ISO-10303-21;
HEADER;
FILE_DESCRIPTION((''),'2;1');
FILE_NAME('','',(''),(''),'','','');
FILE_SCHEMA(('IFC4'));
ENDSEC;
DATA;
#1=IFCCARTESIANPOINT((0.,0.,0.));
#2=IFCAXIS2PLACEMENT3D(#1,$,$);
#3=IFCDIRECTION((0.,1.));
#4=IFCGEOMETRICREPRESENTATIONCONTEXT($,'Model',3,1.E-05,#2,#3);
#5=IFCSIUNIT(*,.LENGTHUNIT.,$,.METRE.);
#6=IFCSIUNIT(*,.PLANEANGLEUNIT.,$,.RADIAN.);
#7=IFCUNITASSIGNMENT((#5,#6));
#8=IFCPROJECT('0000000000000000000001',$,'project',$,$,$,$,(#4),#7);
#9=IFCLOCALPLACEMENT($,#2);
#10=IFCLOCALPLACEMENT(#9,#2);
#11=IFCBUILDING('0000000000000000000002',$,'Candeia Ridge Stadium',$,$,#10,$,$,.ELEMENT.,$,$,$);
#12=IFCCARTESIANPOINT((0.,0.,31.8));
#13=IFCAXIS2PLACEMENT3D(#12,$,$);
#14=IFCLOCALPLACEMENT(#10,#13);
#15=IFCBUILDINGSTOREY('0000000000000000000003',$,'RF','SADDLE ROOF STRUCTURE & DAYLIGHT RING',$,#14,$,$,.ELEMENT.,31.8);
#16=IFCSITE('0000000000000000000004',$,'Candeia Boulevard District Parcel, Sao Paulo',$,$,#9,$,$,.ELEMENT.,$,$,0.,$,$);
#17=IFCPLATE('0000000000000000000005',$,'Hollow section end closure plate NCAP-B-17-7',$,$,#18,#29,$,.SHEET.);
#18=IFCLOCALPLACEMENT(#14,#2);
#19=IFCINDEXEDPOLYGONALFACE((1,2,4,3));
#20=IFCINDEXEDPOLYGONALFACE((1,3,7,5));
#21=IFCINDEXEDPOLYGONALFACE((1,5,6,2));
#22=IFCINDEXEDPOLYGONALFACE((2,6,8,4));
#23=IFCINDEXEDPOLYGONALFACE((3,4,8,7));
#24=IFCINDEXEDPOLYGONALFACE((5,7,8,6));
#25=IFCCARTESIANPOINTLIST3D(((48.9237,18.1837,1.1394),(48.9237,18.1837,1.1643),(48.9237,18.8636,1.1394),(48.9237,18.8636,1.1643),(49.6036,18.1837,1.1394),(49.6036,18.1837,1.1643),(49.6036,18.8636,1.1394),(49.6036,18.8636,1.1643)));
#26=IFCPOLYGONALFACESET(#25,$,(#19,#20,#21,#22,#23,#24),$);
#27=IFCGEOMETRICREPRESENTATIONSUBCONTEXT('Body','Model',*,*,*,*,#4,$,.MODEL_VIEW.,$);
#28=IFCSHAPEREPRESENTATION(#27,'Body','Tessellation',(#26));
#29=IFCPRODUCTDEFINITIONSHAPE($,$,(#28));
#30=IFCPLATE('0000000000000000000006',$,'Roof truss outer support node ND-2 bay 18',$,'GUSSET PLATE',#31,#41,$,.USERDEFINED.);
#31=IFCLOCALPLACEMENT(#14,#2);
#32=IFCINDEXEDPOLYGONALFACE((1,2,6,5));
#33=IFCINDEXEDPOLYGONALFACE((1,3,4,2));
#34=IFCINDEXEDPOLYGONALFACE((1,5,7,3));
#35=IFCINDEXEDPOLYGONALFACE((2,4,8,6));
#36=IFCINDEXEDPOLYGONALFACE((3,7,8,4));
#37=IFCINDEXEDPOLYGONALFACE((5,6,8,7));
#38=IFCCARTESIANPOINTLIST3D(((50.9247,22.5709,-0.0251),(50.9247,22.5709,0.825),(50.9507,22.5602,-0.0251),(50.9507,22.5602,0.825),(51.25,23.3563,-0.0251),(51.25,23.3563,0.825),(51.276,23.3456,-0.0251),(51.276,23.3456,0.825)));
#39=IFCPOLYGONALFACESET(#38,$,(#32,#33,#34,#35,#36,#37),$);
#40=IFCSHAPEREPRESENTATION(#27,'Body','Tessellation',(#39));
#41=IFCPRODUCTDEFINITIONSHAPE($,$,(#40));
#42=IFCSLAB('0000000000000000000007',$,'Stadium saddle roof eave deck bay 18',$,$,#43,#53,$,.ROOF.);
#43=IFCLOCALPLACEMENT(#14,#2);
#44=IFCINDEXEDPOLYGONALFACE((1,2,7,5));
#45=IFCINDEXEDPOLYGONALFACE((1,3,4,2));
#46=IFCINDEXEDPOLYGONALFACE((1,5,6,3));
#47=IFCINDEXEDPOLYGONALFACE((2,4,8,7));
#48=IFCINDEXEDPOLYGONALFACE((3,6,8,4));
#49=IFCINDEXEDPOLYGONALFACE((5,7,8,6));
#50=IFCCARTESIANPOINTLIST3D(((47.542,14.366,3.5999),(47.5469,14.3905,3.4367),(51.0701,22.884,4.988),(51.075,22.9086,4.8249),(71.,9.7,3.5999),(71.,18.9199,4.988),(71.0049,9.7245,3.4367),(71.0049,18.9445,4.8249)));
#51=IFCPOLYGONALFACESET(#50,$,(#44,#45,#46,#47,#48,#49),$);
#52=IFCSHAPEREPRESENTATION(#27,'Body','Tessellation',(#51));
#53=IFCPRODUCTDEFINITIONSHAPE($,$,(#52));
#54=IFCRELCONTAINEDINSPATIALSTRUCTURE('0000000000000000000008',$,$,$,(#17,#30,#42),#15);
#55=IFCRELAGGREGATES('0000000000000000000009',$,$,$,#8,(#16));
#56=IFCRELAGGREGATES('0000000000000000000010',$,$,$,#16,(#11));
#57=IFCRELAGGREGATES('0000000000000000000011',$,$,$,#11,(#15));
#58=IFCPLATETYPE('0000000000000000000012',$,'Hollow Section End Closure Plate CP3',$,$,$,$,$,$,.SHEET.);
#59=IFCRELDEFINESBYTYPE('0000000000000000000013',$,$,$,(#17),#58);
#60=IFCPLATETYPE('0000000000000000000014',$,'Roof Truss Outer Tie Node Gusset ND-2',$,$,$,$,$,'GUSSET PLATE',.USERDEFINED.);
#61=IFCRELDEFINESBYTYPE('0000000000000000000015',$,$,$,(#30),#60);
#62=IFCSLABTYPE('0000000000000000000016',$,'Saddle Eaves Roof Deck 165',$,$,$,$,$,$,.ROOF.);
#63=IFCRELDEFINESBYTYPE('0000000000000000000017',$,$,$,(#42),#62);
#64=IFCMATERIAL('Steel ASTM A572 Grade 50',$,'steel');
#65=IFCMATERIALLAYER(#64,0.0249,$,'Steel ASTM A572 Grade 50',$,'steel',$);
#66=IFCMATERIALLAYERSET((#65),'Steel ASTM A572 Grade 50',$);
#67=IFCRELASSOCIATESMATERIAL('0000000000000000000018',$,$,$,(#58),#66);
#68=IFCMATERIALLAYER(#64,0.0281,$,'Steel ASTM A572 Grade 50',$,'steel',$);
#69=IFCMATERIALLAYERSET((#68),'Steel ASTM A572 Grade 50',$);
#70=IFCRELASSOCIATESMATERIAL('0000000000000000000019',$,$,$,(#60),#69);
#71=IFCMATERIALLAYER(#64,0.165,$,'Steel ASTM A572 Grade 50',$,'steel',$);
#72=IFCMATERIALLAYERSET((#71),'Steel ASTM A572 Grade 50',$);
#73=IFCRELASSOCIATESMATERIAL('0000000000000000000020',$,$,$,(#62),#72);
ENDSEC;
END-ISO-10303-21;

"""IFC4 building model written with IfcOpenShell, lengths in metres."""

from ifc_helpers import new_model, si_unit, direction, frame, origin, origin_2d, place, context, subcontext, project, spatial, polyline, rectangle, outline, extrude, material, layer, layer_set, type_object, element, save


model = new_model("IFC4")

# Units and contexts
model_context = context("Model", 3, precision=1e-05, world=origin(), true_north=direction((0.0, 1.0)))
body_context = subcontext(model_context, "Body", "Model", "MODEL_VIEW")
ifc_project = project(units=[si_unit("LENGTHUNIT", "METRE"), si_unit("PLANEANGLEUNIT", "RADIAN")], contexts=[model_context])

# Site, building, storey
site_placement = place(None, origin())
site = spatial("IfcSite", under=ifc_project, at=site_placement, Name="Candeia Boulevard District Parcel, Sao Paulo", CompositionType="ELEMENT", RefElevation=0.0)
building_placement = place(site_placement, origin())
building = spatial("IfcBuilding", under=site, at=building_placement, Name="Candeia Ridge Stadium", CompositionType="ELEMENT")
storey_placement = place(building_placement, frame((0.0, 0.0, 31.8)))
storey = spatial("IfcBuildingStorey", under=building, at=storey_placement, Name="RF", Description="SADDLE ROOF STRUCTURE & DAYLIGHT RING", CompositionType="ELEMENT", Elevation=31.8)

# Shared definitions
ifc_material_1 = material(Name="Steel ASTM A572 Grade 50", Category="steel")

# Plates
ifc_layer_1 = layer(ifc_material_1, 0.0249, Name="Steel ASTM A572 Grade 50", Category="steel")
ifc_layer_set_1 = layer_set([ifc_layer_1], Name="Steel ASTM A572 Grade 50")
plate_type_1 = type_object("IfcPlateType", Name="Hollow Section End Closure Plate CP3", PredefinedType="SHEET", material=ifc_layer_set_1)
for number, where, z_axis, x_axis, name in (
    (1, (49.2637, 18.5237, 1.1394), (0.0, 0.0, 1.0), (1.0, 0.0, 0.0), "Hollow section end closure plate NCAP-B-17-7"),
):
    element("IfcPlate", number, at=place(storey_placement, frame(where, z_axis=z_axis, x_axis=x_axis)), inside=storey, type_object=plate_type_1, Name=name, PredefinedType="SHEET", context=body_context, shape_type="SweptSolid", body=[
        extrude(rectangle(XDim=0.6799, YDim=0.6799, at=origin_2d()), origin(), (0.0, 0.0, 1.0), 0.0249),
    ])
ifc_layer_2 = layer(ifc_material_1, 0.0281, Name="Steel ASTM A572 Grade 50", Category="steel")
ifc_layer_set_2 = layer_set([ifc_layer_2], Name="Steel ASTM A572 Grade 50")
plate_type_2 = type_object("IfcPlateType", Name="Roof Truss Outer Tie Node Gusset ND-2", ElementType="GUSSET PLATE", PredefinedType="USERDEFINED", material=ifc_layer_set_2)
plate_1_placement = place(storey_placement, frame((51.1003, 22.9583, -0.0251), z_axis=(0.0, 0.0, 1.0), x_axis=(-0.382683, -0.92388, 0.0)))
element("IfcPlate", 2, at=plate_1_placement, inside=storey, type_object=plate_type_2, Name="Roof truss outer support node ND-2 bay 18", ObjectType="GUSSET PLATE", PredefinedType="USERDEFINED", context=body_context, shape_type="SweptSolid", body=[
    extrude(rectangle(XDim=0.8501, YDim=0.0281, at=origin_2d()), origin(), (0.0, 0.0, 1.0), 0.8501),
])

# Slab
ifc_layer_3 = layer(ifc_material_1, 0.165, Name="Steel ASTM A572 Grade 50", Category="steel")
ifc_layer_set_3 = layer_set([ifc_layer_3], Name="Steel ASTM A572 Grade 50")
slab_type = type_object("IfcSlabType", Name="Saddle Eaves Roof Deck 165", PredefinedType="ROOF", material=ifc_layer_set_3)
slab_placement = place(storey_placement, frame((51.0701, 22.884, 4.988), z_axis=(-0.029601, -0.148821, 0.988421), x_axis=(0.980787, -0.195081, 0.000001)))
element("IfcSlab", 3, at=slab_placement, inside=storey, type_object=slab_type, Name="Stadium saddle roof eave deck bay 18", PredefinedType="ROOF", context=body_context, shape_type="SweptSolid", body=[
    extrude(outline(polyline([(0.0, 0.0), (20.3203, 0.0), (22.119, -9.1488), (-1.7986, -9.1486), (0.0, 0.0)])), origin(), (0.0, 0.0, -1.0), 0.165),
])

save(model, "model.ifc")
